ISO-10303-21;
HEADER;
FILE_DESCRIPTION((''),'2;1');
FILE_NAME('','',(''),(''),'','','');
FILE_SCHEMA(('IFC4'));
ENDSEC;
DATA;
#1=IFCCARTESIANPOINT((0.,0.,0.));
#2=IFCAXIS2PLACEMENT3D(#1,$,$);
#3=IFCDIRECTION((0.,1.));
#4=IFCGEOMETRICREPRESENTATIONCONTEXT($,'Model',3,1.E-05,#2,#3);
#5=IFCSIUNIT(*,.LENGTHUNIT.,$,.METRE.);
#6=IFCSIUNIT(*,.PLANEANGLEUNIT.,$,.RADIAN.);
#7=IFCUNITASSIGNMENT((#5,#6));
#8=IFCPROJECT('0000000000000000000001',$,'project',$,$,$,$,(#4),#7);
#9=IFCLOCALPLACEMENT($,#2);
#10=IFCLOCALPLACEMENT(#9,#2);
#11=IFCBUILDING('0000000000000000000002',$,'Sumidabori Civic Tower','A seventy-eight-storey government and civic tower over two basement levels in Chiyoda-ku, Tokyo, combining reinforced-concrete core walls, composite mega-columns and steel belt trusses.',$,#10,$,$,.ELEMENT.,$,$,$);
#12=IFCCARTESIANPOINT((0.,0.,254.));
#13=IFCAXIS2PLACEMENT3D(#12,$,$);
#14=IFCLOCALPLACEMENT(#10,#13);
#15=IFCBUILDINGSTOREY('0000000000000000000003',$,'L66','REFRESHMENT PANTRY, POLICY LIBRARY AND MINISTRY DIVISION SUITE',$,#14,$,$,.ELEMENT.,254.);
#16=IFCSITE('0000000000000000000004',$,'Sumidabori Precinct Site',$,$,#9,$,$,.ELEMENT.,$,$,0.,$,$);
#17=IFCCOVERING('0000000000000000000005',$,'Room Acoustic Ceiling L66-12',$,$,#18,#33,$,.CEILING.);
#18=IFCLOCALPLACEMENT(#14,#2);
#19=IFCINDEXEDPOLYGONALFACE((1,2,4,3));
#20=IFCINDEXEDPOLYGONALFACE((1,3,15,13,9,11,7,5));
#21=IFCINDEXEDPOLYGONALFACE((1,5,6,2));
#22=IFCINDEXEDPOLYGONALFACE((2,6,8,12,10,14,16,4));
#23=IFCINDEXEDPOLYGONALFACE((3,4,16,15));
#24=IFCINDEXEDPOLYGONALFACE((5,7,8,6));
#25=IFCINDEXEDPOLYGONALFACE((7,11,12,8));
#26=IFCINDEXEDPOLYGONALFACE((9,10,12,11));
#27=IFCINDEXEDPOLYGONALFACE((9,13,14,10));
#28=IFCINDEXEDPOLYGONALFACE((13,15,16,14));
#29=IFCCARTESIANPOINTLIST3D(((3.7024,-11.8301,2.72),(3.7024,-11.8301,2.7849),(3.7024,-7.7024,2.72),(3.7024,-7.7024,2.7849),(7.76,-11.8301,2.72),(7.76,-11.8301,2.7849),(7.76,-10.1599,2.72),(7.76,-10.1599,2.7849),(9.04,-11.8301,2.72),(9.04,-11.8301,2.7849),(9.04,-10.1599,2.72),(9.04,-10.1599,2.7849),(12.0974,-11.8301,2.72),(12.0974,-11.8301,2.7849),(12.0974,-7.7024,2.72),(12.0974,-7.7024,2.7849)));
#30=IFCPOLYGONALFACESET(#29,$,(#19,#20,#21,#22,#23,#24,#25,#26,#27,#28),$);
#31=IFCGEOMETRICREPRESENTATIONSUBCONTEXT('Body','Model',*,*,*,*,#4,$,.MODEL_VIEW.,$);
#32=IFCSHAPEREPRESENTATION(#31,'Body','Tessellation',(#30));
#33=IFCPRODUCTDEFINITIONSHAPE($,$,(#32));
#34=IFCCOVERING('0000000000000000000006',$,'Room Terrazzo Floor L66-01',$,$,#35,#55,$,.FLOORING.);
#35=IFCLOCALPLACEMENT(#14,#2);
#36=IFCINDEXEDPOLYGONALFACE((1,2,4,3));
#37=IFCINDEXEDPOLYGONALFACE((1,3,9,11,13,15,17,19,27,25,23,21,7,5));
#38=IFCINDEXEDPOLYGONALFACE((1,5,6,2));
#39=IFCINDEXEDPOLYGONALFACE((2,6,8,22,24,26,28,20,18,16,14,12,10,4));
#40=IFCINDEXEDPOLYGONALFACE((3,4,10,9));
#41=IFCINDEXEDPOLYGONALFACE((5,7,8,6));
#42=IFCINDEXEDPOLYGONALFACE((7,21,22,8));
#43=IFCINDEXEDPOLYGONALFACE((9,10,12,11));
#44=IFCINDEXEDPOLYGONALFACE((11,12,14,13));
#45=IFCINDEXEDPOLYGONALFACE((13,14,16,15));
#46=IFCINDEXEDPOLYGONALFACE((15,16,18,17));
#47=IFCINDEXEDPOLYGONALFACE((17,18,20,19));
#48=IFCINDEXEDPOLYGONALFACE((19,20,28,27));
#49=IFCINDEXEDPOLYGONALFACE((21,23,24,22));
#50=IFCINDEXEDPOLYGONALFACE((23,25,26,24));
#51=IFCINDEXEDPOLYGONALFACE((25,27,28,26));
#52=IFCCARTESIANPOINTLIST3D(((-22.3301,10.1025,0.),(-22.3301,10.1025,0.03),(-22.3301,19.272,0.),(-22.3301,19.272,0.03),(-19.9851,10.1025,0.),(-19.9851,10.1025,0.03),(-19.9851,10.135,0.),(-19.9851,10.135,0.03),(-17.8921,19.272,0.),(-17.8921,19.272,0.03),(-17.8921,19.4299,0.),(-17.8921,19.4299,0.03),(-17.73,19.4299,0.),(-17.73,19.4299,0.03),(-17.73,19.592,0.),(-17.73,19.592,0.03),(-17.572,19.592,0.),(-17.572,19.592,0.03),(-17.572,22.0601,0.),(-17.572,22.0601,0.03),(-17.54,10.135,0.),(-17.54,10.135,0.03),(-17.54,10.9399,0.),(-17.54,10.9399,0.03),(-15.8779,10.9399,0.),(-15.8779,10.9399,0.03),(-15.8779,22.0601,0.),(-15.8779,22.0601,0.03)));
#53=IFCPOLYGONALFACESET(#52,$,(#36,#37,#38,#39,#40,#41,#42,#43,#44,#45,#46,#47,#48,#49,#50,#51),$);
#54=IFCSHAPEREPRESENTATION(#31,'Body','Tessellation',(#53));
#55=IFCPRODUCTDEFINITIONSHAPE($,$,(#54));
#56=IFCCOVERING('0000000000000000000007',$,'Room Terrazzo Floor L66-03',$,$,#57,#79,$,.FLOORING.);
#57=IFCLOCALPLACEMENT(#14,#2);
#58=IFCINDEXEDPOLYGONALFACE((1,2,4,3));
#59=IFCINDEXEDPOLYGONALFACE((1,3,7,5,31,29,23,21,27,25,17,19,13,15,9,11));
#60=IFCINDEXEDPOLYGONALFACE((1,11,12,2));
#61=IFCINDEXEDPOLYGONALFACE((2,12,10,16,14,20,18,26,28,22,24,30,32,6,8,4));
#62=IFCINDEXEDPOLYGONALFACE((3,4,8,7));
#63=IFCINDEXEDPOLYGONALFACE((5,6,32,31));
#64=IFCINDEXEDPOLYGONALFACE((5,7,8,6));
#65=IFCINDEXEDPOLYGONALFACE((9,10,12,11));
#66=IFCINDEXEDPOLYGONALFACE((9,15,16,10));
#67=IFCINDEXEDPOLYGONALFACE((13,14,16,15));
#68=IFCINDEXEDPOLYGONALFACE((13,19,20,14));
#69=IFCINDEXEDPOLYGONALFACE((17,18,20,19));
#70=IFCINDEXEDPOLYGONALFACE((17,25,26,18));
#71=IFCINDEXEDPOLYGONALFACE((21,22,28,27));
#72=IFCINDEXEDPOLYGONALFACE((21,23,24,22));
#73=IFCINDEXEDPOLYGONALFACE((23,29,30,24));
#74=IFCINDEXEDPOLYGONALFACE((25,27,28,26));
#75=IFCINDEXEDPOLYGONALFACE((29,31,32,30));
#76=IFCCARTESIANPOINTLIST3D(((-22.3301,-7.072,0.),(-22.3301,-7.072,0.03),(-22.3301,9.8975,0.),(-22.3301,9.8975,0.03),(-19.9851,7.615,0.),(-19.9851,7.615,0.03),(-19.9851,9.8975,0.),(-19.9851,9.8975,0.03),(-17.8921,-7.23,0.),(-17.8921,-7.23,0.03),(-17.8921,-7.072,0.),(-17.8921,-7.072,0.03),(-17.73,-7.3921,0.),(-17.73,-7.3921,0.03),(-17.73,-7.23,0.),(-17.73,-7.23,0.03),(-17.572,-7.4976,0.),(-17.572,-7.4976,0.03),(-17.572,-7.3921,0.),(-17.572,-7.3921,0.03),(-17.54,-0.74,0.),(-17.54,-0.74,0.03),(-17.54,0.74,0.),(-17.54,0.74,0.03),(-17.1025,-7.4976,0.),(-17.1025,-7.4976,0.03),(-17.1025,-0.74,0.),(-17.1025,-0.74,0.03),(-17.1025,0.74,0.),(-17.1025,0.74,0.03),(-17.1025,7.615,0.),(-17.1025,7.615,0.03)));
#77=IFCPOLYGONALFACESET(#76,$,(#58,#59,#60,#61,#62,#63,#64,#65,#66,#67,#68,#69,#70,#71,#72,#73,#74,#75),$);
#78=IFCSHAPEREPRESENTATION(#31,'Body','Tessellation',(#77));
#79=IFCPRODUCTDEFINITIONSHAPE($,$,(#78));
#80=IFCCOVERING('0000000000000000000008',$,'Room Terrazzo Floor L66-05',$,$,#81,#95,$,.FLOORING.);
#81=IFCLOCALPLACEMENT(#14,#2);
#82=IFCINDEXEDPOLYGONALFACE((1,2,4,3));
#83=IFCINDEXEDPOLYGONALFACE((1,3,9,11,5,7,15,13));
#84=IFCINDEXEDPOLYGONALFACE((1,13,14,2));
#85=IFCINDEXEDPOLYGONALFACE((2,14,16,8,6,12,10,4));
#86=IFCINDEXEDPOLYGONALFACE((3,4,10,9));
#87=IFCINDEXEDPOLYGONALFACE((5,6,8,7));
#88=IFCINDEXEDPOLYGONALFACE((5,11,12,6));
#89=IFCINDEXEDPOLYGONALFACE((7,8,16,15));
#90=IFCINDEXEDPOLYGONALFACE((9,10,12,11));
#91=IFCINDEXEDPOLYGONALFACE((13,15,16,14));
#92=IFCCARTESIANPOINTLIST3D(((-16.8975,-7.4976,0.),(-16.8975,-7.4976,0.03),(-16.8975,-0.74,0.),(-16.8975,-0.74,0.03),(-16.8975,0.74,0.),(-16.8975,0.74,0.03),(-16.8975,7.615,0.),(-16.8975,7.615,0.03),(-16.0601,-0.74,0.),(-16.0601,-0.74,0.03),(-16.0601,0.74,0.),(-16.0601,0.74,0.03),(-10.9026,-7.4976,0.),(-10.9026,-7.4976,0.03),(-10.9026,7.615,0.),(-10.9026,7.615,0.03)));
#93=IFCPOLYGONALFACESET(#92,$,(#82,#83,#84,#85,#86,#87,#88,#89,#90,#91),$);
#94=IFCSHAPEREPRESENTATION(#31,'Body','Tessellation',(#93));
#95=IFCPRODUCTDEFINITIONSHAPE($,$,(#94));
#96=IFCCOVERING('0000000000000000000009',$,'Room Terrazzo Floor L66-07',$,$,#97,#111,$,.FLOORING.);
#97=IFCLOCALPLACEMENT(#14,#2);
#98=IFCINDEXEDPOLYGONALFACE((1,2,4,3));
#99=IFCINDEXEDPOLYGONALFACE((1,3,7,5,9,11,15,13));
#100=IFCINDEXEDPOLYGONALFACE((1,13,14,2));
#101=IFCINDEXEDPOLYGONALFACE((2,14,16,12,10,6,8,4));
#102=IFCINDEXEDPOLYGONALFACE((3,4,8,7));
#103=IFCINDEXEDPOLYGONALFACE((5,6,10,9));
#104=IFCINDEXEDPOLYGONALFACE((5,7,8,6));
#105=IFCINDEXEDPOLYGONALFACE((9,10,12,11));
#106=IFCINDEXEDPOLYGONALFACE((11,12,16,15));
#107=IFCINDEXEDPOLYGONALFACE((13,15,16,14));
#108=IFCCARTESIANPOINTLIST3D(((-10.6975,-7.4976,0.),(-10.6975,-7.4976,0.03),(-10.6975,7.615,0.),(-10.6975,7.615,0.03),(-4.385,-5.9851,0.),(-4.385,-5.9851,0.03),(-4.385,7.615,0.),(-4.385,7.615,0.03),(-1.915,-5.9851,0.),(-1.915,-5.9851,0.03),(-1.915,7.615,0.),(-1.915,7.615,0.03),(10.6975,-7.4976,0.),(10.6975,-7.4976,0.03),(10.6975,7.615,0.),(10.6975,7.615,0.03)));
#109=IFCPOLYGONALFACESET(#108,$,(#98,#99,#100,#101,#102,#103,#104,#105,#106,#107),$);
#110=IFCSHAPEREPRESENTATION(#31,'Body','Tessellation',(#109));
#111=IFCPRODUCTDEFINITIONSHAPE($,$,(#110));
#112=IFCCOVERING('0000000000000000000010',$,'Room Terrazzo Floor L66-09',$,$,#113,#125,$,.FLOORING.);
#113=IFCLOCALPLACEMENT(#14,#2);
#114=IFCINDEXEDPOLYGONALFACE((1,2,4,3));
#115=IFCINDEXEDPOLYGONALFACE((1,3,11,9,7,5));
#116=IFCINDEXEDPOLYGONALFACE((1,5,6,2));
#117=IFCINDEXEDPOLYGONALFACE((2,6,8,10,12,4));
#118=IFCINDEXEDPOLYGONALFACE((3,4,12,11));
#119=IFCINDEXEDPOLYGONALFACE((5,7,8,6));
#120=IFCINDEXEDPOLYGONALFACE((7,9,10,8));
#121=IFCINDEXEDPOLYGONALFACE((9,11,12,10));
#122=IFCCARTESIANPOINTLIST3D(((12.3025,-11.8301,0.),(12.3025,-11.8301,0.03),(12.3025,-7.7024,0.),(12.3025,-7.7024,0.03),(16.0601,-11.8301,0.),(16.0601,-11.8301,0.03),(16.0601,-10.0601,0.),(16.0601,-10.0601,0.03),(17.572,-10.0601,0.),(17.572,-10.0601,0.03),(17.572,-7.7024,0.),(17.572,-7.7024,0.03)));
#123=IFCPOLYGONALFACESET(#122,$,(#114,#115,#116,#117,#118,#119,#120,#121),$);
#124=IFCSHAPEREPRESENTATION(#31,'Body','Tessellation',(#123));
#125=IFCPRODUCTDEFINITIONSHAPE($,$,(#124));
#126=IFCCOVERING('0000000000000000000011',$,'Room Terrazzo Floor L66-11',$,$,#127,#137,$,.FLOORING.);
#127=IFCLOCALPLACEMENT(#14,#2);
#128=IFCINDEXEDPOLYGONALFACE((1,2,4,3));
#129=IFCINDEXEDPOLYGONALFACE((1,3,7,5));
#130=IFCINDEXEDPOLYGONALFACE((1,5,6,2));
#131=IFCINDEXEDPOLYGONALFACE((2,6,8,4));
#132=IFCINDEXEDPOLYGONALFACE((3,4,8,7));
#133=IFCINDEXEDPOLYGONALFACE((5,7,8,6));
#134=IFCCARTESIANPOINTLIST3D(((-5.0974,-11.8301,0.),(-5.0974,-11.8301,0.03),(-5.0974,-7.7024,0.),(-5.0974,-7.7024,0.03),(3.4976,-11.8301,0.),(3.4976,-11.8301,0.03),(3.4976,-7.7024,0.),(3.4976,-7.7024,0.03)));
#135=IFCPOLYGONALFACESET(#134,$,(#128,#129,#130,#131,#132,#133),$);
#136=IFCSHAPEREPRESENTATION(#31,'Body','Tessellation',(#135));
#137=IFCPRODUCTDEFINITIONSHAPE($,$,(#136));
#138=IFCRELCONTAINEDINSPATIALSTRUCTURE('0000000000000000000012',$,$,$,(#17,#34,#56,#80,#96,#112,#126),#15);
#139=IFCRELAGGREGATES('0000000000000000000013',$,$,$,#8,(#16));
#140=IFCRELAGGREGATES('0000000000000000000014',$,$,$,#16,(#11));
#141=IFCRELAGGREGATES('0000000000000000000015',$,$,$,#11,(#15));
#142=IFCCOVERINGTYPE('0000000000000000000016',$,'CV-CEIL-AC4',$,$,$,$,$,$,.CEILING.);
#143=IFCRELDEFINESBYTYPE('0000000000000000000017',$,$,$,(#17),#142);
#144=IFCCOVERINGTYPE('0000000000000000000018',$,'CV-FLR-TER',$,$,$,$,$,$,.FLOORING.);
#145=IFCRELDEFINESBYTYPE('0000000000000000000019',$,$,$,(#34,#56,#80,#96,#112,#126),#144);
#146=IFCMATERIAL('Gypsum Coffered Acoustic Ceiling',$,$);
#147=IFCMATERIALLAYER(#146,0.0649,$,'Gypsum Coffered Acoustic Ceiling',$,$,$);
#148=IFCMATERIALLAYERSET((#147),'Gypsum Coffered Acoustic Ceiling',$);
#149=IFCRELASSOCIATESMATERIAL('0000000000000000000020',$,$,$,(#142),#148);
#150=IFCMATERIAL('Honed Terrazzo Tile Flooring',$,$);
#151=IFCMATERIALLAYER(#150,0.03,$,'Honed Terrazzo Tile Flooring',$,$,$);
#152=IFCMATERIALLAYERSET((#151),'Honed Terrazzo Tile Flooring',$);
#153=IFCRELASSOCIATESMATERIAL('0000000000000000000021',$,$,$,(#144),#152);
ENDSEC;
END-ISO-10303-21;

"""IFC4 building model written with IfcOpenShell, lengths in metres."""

from ifc_helpers import new_model, si_unit, direction, frame, origin, place, context, subcontext, project, spatial, polyline, outline, extrude, material, layer, layer_set, type_object, element, save


model = new_model("IFC4")

# Units and contexts
model_context = context("Model", 3, precision=1e-05, world=origin(), true_north=direction((0.0, 1.0)))
body_context = subcontext(model_context, "Body", "Model", "MODEL_VIEW")
ifc_project = project(units=[si_unit("LENGTHUNIT", "METRE"), si_unit("PLANEANGLEUNIT", "RADIAN")], contexts=[model_context])

# Site, building, storey
site_placement = place(None, origin())
site = spatial("IfcSite", under=ifc_project, at=site_placement, Name="Sumidabori Precinct Site", CompositionType="ELEMENT", RefElevation=0.0)
building_placement = place(site_placement, origin())
building = spatial("IfcBuilding", under=site, at=building_placement, Name="Sumidabori Civic Tower", Description="A seventy-eight-storey government and civic tower over two basement levels in Chiyoda-ku, Tokyo, combining reinforced-concrete core walls, composite mega-columns and steel belt trusses.", CompositionType="ELEMENT")
storey_placement = place(building_placement, frame((0.0, 0.0, 254.0)))
storey = spatial("IfcBuildingStorey", under=building, at=storey_placement, Name="L66", Description="REFRESHMENT PANTRY, POLICY LIBRARY AND MINISTRY DIVISION SUITE", CompositionType="ELEMENT", Elevation=254.0)

# Coverings
ifc_material_1 = material(Name="Gypsum Coffered Acoustic Ceiling")
ifc_layer_1 = layer(ifc_material_1, 0.0649, Name="Gypsum Coffered Acoustic Ceiling")
ifc_layer_set_1 = layer_set([ifc_layer_1], Name="Gypsum Coffered Acoustic Ceiling")
covering_type_1 = type_object("IfcCoveringType", Name="CV-CEIL-AC4", PredefinedType="CEILING", material=ifc_layer_set_1)
covering_1_placement = place(storey_placement, frame((0.0, 0.0, 2.72)))
element("IfcCovering", 1, at=covering_1_placement, inside=storey, type_object=covering_type_1, Name="Room Acoustic Ceiling L66-12", PredefinedType="CEILING", context=body_context, shape_type="SweptSolid", body=[
    extrude(outline(polyline([(12.0974, -11.8301), (9.04, -11.8301), (9.04, -10.1599), (7.76, -10.1599), (7.76, -11.8301), (3.7024, -11.8301), (3.7024, -7.7024), (12.0974, -7.7024), (12.0974, -11.8301)])), origin(), (0.0, 0.0, 1.0), 0.0649),
])
ifc_material_2 = material(Name="Honed Terrazzo Tile Flooring")
ifc_layer_2 = layer(ifc_material_2, 0.03, Name="Honed Terrazzo Tile Flooring")
ifc_layer_set_2 = layer_set([ifc_layer_2], Name="Honed Terrazzo Tile Flooring")
covering_type_2 = type_object("IfcCoveringType", Name="CV-FLR-TER", PredefinedType="FLOORING", material=ifc_layer_set_2)
covering_2_placement = place(storey_placement, origin())
element("IfcCovering", 2, at=covering_2_placement, inside=storey, type_object=covering_type_2, Name="Room Terrazzo Floor L66-01", PredefinedType="FLOORING", context=body_context, shape_type="SweptSolid", body=[
    extrude(outline(polyline([(-22.3301, 10.1025), (-22.3301, 19.272), (-17.8921, 19.272), (-17.8921, 19.4299), (-17.73, 19.4299), (-17.73, 19.592), (-17.572, 19.592), (-17.572, 22.0601), (-15.8779, 22.0601), (-15.8779, 10.9399), (-17.54, 10.9399), (-17.54, 10.135), (-19.9851, 10.135), (-19.9851, 10.1025), (-22.3301, 10.1025)])), origin(), (0.0, 0.0, 1.0), 0.03),
])
covering_3_placement = place(storey_placement, origin())
element("IfcCovering", 3, at=covering_3_placement, inside=storey, type_object=covering_type_2, Name="Room Terrazzo Floor L66-03", PredefinedType="FLOORING", context=body_context, shape_type="SweptSolid", body=[
    extrude(outline(polyline([(-19.9851, 7.615), (-17.1025, 7.615), (-17.1025, 0.74), (-17.54, 0.74), (-17.54, -0.74), (-17.1025, -0.74), (-17.1025, -7.4976), (-17.572, -7.4976), (-17.572, -7.3921), (-17.73, -7.3921), (-17.73, -7.23), (-17.8921, -7.23), (-17.8921, -7.072), (-22.3301, -7.072), (-22.3301, 9.8975), (-19.9851, 9.8975), (-19.9851, 7.615)])), origin(), (0.0, 0.0, 1.0), 0.03),
])
covering_4_placement = place(storey_placement, origin())
element("IfcCovering", 4, at=covering_4_placement, inside=storey, type_object=covering_type_2, Name="Room Terrazzo Floor L66-05", PredefinedType="FLOORING", context=body_context, shape_type="SweptSolid", body=[
    extrude(outline(polyline([(-16.8975, -0.74), (-16.0601, -0.74), (-16.0601, 0.74), (-16.8975, 0.74), (-16.8975, 7.615), (-10.9026, 7.615), (-10.9026, -7.4976), (-16.8975, -7.4976), (-16.8975, -0.74)])), origin(), (0.0, 0.0, 1.0), 0.03),
])
covering_5_placement = place(storey_placement, origin())
element("IfcCovering", 5, at=covering_5_placement, inside=storey, type_object=covering_type_2, Name="Room Terrazzo Floor L66-07", PredefinedType="FLOORING", context=body_context, shape_type="SweptSolid", body=[
    extrude(outline(polyline([(-10.6975, 7.615), (-4.385, 7.615), (-4.385, -5.9851), (-1.915, -5.9851), (-1.915, 7.615), (10.6975, 7.615), (10.6975, -7.4976), (-10.6975, -7.4976), (-10.6975, 7.615)])), origin(), (0.0, 0.0, 1.0), 0.03),
])
covering_6_placement = place(storey_placement, origin())
element("IfcCovering", 6, at=covering_6_placement, inside=storey, type_object=covering_type_2, Name="Room Terrazzo Floor L66-09", PredefinedType="FLOORING", context=body_context, shape_type="SweptSolid", body=[
    extrude(outline(polyline([(17.572, -10.0601), (16.0601, -10.0601), (16.0601, -11.8301), (12.3025, -11.8301), (12.3025, -7.7024), (17.572, -7.7024), (17.572, -10.0601)])), origin(), (0.0, 0.0, 1.0), 0.03),
])
covering_7_placement = place(storey_placement, origin())
element("IfcCovering", 7, at=covering_7_placement, inside=storey, type_object=covering_type_2, Name="Room Terrazzo Floor L66-11", PredefinedType="FLOORING", context=body_context, shape_type="SweptSolid", body=[
    extrude(outline(polyline([(3.4976, -11.8301), (-5.0974, -11.8301), (-5.0974, -7.7024), (3.4976, -7.7024), (3.4976, -11.8301)])), origin(), (0.0, 0.0, 1.0), 0.03),
])

save(model, "model.ifc")
